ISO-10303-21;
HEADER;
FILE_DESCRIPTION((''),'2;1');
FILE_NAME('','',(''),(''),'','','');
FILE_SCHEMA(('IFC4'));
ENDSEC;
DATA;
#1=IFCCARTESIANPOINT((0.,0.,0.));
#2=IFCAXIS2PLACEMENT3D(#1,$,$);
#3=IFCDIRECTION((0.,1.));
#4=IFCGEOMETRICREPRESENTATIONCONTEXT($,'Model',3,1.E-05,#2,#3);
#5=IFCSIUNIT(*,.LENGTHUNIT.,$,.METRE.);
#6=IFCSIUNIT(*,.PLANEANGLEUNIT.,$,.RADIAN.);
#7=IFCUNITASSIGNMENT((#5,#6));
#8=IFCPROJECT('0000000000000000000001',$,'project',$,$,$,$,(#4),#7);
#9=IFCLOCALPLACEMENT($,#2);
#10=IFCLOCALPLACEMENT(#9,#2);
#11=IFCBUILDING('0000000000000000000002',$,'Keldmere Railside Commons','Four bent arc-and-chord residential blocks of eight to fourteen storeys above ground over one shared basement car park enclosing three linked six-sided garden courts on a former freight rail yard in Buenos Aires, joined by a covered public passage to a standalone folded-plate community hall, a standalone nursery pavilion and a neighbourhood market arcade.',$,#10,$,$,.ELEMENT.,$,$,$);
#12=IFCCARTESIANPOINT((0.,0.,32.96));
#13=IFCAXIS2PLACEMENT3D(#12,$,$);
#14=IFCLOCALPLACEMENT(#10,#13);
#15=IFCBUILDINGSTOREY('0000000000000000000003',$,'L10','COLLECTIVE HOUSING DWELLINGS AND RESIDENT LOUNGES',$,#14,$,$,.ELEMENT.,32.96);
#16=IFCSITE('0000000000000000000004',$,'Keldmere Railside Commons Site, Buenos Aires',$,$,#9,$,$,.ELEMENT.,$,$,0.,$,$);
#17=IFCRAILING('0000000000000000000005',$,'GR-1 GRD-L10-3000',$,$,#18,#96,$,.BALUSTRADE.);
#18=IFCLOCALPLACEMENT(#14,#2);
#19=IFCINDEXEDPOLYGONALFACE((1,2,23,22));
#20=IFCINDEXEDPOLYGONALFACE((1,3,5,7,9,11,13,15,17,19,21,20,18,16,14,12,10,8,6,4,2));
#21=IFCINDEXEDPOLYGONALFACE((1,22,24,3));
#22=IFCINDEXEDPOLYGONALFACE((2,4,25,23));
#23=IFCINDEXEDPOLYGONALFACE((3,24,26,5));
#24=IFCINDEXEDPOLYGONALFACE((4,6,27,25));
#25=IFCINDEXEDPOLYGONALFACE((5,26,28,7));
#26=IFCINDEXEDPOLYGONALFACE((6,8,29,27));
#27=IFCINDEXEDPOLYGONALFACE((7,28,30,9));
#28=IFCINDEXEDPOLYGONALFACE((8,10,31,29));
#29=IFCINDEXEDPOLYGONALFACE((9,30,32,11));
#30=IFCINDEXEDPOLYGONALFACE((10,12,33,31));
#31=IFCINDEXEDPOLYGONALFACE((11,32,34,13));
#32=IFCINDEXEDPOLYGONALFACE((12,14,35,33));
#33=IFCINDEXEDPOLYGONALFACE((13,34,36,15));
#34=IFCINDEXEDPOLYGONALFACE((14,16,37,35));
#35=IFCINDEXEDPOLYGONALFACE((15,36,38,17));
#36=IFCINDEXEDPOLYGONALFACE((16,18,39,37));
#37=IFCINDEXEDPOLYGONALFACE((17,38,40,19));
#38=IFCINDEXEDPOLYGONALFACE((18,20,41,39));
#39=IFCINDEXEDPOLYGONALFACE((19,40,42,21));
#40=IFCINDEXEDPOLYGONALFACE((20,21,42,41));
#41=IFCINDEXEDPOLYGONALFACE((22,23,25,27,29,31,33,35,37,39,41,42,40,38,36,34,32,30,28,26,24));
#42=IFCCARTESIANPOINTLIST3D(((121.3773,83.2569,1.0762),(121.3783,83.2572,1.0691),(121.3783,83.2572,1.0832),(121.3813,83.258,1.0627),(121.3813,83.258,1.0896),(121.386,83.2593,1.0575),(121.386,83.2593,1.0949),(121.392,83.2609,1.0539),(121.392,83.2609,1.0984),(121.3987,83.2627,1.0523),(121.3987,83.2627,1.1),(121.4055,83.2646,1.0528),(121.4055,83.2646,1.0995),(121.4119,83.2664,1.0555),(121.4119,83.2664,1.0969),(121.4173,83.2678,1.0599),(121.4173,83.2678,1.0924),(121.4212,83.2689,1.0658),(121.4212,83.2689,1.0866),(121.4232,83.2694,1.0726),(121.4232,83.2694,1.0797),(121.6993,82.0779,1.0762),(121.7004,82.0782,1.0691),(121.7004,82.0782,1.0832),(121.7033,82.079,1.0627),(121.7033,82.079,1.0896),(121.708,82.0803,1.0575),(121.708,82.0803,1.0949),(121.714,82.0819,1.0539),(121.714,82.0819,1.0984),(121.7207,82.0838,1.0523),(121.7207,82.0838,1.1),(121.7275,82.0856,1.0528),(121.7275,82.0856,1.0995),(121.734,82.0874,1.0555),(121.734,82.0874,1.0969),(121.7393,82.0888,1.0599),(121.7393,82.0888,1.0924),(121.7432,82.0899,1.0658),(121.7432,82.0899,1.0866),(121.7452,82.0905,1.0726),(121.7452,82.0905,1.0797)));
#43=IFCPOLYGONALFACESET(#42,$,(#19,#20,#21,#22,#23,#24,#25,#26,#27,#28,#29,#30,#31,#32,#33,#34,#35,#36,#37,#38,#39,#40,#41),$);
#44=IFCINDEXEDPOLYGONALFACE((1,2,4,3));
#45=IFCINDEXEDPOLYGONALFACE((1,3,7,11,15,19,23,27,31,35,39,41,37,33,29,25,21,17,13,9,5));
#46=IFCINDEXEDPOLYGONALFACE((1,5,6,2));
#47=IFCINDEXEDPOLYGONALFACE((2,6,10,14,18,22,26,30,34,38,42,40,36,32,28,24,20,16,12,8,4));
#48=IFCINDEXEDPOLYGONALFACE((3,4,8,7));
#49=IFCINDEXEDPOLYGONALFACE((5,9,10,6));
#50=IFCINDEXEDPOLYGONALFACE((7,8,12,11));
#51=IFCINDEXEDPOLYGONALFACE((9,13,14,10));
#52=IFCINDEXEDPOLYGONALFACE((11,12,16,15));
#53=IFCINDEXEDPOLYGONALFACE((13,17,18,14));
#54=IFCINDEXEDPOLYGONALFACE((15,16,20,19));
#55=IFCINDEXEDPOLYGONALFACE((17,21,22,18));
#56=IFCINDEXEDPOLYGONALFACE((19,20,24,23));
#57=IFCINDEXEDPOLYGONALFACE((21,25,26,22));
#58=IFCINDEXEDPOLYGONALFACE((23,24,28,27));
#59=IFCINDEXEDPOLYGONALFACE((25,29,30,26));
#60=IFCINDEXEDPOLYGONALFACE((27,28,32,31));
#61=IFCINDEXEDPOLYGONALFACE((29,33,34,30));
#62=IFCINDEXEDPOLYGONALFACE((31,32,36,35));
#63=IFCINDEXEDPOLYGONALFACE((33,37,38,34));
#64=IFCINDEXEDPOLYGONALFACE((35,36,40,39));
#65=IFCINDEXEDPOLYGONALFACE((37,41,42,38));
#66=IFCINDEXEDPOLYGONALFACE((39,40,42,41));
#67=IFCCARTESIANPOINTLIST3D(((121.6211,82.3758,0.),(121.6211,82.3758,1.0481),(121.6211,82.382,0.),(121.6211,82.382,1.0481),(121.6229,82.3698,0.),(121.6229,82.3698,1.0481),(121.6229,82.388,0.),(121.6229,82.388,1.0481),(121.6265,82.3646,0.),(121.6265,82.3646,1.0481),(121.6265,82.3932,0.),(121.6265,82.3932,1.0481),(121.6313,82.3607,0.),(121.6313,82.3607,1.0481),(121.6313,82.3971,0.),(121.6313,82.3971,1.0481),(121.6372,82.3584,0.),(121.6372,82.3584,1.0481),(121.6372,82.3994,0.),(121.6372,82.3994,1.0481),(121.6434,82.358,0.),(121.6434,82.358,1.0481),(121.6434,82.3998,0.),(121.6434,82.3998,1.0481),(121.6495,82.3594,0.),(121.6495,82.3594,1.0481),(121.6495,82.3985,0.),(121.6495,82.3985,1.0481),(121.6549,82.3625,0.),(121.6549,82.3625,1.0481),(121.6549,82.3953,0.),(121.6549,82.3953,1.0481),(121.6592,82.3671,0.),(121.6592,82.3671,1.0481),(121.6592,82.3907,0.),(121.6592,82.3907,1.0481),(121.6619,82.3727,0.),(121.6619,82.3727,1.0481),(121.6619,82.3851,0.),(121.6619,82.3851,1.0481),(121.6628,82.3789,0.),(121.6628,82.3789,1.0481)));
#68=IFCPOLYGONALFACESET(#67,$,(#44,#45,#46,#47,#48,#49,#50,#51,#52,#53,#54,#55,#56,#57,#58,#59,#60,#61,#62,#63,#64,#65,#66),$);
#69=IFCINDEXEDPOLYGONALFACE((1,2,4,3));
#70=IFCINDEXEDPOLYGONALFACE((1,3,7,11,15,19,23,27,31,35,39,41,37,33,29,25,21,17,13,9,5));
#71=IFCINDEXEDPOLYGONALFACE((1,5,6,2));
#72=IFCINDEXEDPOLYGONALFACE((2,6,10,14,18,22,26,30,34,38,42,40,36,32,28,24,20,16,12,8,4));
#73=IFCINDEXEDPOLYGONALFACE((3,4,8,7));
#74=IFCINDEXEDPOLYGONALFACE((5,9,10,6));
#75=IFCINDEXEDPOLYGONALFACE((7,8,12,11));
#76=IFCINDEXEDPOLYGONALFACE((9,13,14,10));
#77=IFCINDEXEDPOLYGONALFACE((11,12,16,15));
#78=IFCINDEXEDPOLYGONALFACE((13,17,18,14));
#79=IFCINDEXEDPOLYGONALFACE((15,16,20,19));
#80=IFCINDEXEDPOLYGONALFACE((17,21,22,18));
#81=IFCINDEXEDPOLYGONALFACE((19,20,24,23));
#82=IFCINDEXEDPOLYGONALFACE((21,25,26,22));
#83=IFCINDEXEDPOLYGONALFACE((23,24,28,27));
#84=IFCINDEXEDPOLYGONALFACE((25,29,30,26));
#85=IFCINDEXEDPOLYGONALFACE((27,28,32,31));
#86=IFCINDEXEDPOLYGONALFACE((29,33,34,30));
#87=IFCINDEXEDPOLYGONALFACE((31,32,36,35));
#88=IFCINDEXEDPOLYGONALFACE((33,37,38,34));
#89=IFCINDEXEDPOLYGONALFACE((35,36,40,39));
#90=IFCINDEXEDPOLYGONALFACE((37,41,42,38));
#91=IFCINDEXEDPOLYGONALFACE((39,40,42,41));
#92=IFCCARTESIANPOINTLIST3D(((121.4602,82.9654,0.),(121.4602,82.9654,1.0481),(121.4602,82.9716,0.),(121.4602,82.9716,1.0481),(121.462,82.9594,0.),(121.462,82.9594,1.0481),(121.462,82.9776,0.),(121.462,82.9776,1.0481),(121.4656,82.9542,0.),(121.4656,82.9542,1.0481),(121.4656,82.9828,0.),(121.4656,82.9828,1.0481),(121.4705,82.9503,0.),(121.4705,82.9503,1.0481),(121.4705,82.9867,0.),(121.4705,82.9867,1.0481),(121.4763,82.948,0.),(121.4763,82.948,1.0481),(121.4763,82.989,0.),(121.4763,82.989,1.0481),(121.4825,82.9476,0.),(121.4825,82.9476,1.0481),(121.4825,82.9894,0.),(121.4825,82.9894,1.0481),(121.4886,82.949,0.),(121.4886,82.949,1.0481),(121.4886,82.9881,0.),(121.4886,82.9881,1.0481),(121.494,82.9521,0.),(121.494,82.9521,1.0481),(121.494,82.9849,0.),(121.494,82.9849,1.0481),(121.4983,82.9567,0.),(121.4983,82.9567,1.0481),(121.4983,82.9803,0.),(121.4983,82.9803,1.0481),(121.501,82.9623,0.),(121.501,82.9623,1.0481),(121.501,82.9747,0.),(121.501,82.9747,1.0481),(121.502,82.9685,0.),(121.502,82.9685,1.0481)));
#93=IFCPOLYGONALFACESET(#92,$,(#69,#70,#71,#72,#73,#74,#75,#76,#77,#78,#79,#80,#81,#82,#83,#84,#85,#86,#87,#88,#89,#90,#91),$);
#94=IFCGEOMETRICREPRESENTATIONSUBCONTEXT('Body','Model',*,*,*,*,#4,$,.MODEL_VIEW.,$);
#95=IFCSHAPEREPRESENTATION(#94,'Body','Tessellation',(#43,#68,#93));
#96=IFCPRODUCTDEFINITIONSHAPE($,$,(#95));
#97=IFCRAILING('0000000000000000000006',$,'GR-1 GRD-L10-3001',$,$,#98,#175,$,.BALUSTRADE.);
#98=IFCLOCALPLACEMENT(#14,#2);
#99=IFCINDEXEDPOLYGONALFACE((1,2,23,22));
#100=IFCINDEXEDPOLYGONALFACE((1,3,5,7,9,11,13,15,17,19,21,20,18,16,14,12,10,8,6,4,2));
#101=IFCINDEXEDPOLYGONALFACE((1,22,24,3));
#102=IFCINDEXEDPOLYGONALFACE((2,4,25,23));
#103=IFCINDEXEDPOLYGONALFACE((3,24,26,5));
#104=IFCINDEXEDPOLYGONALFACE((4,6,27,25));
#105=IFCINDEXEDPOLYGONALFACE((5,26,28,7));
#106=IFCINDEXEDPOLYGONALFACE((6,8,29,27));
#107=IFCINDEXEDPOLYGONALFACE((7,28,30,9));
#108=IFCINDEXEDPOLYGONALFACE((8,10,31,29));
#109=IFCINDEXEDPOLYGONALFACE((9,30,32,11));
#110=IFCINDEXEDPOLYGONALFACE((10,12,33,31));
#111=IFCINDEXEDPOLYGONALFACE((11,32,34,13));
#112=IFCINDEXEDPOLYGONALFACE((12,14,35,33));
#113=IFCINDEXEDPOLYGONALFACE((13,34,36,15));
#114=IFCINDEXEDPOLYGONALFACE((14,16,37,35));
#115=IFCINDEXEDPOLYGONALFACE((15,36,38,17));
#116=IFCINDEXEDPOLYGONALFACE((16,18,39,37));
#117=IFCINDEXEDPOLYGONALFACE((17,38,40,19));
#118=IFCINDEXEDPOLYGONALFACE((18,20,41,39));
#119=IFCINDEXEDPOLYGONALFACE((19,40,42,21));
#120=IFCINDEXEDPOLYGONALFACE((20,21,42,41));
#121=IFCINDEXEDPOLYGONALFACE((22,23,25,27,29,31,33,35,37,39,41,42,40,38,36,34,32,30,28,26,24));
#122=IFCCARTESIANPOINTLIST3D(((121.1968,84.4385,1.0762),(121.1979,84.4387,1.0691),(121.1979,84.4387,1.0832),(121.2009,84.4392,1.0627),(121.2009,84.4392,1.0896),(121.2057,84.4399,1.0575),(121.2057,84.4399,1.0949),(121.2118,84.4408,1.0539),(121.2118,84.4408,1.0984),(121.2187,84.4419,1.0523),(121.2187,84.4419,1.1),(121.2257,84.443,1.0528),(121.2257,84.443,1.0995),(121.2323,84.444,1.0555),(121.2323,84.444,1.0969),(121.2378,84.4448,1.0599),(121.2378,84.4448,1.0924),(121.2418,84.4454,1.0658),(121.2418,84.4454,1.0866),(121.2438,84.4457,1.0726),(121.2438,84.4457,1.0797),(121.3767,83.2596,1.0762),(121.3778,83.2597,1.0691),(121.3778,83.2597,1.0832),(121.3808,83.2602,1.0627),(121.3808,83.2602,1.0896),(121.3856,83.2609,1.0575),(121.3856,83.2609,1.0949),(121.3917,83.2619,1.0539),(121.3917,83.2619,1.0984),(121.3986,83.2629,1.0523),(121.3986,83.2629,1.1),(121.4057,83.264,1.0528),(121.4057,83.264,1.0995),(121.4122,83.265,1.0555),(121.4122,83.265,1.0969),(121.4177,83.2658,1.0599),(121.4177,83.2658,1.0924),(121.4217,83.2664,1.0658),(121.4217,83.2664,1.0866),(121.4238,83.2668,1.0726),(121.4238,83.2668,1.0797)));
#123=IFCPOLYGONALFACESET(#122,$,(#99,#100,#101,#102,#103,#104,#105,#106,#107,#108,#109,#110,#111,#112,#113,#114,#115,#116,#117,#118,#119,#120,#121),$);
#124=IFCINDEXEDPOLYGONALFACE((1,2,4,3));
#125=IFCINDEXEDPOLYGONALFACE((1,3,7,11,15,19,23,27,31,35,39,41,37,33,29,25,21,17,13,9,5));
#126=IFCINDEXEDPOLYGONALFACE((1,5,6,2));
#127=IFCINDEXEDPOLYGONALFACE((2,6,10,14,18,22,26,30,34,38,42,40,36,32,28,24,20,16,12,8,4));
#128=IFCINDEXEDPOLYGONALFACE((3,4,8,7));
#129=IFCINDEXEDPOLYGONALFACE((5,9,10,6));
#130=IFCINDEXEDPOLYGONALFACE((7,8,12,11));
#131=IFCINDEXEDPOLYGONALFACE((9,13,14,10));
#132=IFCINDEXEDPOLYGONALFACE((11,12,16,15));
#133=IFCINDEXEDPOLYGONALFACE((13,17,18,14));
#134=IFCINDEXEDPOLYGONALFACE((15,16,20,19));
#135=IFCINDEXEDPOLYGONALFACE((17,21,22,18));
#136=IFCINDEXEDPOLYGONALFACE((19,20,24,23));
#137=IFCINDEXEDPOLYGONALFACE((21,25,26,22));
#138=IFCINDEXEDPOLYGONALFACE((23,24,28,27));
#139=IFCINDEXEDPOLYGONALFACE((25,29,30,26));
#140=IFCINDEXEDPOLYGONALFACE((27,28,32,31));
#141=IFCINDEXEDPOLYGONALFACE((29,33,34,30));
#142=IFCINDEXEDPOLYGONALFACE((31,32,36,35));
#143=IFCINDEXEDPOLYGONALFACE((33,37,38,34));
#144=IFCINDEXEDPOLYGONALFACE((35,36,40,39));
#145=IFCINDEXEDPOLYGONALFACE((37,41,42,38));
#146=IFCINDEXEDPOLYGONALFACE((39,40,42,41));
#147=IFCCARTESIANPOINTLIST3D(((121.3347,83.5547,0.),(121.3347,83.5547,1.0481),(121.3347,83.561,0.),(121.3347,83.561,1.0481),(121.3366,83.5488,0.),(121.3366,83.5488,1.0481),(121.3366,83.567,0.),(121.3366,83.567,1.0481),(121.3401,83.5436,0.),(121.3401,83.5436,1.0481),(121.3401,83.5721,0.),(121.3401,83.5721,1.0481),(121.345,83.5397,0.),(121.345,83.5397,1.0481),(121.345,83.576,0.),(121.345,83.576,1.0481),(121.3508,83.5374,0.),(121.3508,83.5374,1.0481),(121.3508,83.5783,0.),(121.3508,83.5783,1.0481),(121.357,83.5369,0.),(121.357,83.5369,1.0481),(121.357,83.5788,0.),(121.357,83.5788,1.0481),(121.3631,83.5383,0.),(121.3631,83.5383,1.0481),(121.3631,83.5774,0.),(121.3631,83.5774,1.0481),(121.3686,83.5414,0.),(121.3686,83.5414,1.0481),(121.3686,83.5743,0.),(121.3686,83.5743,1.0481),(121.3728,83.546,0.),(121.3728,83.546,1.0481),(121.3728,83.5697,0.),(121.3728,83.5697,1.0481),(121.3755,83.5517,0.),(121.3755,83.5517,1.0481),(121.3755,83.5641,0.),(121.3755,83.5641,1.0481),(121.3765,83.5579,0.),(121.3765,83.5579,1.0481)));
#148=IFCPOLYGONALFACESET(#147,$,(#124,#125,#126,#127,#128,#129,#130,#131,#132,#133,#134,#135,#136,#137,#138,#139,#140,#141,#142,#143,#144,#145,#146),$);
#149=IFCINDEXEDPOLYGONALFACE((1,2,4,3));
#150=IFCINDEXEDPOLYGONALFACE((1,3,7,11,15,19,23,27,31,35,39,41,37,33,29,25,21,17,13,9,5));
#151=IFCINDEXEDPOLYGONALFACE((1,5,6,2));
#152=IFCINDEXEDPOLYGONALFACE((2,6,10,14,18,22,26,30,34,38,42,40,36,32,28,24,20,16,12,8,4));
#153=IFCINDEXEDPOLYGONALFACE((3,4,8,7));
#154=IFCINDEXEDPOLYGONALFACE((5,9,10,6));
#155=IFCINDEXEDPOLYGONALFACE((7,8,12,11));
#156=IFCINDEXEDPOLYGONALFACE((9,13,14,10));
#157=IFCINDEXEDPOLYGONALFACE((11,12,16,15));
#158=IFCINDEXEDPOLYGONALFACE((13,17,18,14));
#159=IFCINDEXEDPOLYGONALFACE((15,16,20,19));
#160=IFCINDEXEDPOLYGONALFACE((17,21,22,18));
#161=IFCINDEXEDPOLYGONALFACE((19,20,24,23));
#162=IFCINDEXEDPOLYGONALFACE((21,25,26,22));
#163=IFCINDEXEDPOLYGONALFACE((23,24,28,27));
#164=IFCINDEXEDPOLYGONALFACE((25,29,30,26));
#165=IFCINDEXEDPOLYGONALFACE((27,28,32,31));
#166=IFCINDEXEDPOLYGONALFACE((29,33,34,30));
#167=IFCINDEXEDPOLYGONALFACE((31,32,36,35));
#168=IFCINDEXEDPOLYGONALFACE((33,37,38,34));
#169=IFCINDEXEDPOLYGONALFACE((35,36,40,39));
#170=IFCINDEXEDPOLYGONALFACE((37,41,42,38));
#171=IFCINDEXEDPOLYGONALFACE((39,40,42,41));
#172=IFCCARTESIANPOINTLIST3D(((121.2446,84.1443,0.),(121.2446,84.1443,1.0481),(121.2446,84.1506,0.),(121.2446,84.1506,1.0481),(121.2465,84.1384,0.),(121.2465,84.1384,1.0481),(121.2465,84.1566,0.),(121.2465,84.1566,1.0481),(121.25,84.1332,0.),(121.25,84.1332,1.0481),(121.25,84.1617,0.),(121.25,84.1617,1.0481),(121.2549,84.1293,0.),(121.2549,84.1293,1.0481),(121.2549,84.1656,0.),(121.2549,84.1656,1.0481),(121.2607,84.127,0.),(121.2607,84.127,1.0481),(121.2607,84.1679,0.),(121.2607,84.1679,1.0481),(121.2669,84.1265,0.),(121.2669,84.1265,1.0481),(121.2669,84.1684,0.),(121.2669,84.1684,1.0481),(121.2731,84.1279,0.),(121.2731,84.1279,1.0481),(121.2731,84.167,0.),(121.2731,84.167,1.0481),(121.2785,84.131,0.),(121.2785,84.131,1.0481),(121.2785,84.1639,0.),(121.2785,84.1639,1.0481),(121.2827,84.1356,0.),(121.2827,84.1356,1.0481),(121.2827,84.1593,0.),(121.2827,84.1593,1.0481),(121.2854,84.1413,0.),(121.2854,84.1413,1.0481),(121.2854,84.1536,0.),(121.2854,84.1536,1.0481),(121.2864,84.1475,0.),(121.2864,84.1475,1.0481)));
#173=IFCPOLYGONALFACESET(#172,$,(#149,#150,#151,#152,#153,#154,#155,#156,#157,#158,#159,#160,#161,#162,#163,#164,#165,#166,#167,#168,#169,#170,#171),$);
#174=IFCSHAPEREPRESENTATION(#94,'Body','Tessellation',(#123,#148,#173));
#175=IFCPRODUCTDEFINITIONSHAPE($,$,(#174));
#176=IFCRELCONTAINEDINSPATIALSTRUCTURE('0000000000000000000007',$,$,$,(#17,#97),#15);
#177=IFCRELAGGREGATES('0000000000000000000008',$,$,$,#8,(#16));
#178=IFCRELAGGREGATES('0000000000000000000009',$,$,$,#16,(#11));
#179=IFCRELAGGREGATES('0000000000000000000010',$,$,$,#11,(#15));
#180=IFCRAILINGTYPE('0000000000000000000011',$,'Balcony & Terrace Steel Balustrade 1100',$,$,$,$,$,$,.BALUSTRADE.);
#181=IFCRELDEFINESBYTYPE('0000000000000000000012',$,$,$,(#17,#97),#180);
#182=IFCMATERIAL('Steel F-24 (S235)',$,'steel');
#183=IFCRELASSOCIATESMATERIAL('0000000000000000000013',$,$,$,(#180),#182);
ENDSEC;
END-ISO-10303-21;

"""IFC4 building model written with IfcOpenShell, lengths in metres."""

from ifc_helpers import new_model, si_unit, direction, frame, origin, origin_2d, place, context, subcontext, project, spatial, circle, extrude, material, type_object, element, save


model = new_model("IFC4")

# Units and contexts
model_context = context("Model", 3, precision=1e-05, world=origin(), true_north=direction((0.0, 1.0)))
body_context = subcontext(model_context, "Body", "Model", "MODEL_VIEW")
ifc_project = project(units=[si_unit("LENGTHUNIT", "METRE"), si_unit("PLANEANGLEUNIT", "RADIAN")], contexts=[model_context])

# Site, building, storey
site_placement = place(None, origin())
site = spatial("IfcSite", under=ifc_project, at=site_placement, Name="Keldmere Railside Commons Site, Buenos Aires", CompositionType="ELEMENT", RefElevation=0.0)
building_placement = place(site_placement, origin())
building = spatial("IfcBuilding", under=site, at=building_placement, Name="Keldmere Railside Commons", Description="Four bent arc-and-chord residential blocks of eight to fourteen storeys above ground over one shared basement car park enclosing three linked six-sided garden courts on a former freight rail yard in Buenos Aires, joined by a covered public passage to a standalone folded-plate community hall, a standalone nursery pavilion and a neighbourhood market arcade.", CompositionType="ELEMENT")
storey_placement = place(building_placement, frame((0.0, 0.0, 32.96)))
storey = spatial("IfcBuildingStorey", under=building, at=storey_placement, Name="L10", Description="COLLECTIVE HOUSING DWELLINGS AND RESIDENT LOUNGES", CompositionType="ELEMENT", Elevation=32.96)

# Railings
ifc_material_1 = material(Name="Steel F-24 (S235)", Category="steel")
railing_type = type_object("IfcRailingType", Name="Balcony & Terrace Steel Balustrade 1100", PredefinedType="BALUSTRADE", material=ifc_material_1)
railing_1_placement = place(storey_placement, frame((121.7224, 82.0842, 0.0)))
element("IfcRailing", 1, at=railing_1_placement, inside=storey, type_object=railing_type, Name="GR-1 GRD-L10-3000", PredefinedType="BALUSTRADE", context=body_context, shape_type="SweptSolid", body=[
    extrude(circle(Radius=0.0239, at=origin_2d()), frame((0.0, 0.0, 1.0762), z_axis=(-0.263489, 0.964662, 0.0), x_axis=(-0.964662, -0.263489, 0.0)), (0.0, 0.0, 1.0), 1.2222),
    extrude(circle(Radius=0.021, at=origin_2d()), frame((-0.0806, 0.2947, 0.0)), (0.0, 0.0, 1.0), 1.0481),
    extrude(circle(Radius=0.021, at=origin_2d()), frame((-0.2415, 0.8843, 0.0)), (0.0, 0.0, 1.0), 1.0481),
])
railing_2_placement = place(storey_placement, frame((121.4004, 83.2632, 0.0)))
element("IfcRailing", 2, at=railing_2_placement, inside=storey, type_object=railing_type, Name="GR-1 GRD-L10-3001", PredefinedType="BALUSTRADE", context=body_context, shape_type="SweptSolid", body=[
    extrude(circle(Radius=0.0239, at=origin_2d()), frame((0.0, 0.0, 1.0762), z_axis=(-0.150873, 0.988553, 0.0), x_axis=(-0.988553, -0.150873, 0.0)), (0.0, 0.0, 1.0), 1.1926),
    extrude(circle(Radius=0.021, at=origin_2d()), frame((-0.0449, 0.2947, 0.0)), (0.0, 0.0, 1.0), 1.0481),
    extrude(circle(Radius=0.021, at=origin_2d()), frame((-0.135, 0.8843, 0.0)), (0.0, 0.0, 1.0), 1.0481),
])

save(model, "model.ifc")
